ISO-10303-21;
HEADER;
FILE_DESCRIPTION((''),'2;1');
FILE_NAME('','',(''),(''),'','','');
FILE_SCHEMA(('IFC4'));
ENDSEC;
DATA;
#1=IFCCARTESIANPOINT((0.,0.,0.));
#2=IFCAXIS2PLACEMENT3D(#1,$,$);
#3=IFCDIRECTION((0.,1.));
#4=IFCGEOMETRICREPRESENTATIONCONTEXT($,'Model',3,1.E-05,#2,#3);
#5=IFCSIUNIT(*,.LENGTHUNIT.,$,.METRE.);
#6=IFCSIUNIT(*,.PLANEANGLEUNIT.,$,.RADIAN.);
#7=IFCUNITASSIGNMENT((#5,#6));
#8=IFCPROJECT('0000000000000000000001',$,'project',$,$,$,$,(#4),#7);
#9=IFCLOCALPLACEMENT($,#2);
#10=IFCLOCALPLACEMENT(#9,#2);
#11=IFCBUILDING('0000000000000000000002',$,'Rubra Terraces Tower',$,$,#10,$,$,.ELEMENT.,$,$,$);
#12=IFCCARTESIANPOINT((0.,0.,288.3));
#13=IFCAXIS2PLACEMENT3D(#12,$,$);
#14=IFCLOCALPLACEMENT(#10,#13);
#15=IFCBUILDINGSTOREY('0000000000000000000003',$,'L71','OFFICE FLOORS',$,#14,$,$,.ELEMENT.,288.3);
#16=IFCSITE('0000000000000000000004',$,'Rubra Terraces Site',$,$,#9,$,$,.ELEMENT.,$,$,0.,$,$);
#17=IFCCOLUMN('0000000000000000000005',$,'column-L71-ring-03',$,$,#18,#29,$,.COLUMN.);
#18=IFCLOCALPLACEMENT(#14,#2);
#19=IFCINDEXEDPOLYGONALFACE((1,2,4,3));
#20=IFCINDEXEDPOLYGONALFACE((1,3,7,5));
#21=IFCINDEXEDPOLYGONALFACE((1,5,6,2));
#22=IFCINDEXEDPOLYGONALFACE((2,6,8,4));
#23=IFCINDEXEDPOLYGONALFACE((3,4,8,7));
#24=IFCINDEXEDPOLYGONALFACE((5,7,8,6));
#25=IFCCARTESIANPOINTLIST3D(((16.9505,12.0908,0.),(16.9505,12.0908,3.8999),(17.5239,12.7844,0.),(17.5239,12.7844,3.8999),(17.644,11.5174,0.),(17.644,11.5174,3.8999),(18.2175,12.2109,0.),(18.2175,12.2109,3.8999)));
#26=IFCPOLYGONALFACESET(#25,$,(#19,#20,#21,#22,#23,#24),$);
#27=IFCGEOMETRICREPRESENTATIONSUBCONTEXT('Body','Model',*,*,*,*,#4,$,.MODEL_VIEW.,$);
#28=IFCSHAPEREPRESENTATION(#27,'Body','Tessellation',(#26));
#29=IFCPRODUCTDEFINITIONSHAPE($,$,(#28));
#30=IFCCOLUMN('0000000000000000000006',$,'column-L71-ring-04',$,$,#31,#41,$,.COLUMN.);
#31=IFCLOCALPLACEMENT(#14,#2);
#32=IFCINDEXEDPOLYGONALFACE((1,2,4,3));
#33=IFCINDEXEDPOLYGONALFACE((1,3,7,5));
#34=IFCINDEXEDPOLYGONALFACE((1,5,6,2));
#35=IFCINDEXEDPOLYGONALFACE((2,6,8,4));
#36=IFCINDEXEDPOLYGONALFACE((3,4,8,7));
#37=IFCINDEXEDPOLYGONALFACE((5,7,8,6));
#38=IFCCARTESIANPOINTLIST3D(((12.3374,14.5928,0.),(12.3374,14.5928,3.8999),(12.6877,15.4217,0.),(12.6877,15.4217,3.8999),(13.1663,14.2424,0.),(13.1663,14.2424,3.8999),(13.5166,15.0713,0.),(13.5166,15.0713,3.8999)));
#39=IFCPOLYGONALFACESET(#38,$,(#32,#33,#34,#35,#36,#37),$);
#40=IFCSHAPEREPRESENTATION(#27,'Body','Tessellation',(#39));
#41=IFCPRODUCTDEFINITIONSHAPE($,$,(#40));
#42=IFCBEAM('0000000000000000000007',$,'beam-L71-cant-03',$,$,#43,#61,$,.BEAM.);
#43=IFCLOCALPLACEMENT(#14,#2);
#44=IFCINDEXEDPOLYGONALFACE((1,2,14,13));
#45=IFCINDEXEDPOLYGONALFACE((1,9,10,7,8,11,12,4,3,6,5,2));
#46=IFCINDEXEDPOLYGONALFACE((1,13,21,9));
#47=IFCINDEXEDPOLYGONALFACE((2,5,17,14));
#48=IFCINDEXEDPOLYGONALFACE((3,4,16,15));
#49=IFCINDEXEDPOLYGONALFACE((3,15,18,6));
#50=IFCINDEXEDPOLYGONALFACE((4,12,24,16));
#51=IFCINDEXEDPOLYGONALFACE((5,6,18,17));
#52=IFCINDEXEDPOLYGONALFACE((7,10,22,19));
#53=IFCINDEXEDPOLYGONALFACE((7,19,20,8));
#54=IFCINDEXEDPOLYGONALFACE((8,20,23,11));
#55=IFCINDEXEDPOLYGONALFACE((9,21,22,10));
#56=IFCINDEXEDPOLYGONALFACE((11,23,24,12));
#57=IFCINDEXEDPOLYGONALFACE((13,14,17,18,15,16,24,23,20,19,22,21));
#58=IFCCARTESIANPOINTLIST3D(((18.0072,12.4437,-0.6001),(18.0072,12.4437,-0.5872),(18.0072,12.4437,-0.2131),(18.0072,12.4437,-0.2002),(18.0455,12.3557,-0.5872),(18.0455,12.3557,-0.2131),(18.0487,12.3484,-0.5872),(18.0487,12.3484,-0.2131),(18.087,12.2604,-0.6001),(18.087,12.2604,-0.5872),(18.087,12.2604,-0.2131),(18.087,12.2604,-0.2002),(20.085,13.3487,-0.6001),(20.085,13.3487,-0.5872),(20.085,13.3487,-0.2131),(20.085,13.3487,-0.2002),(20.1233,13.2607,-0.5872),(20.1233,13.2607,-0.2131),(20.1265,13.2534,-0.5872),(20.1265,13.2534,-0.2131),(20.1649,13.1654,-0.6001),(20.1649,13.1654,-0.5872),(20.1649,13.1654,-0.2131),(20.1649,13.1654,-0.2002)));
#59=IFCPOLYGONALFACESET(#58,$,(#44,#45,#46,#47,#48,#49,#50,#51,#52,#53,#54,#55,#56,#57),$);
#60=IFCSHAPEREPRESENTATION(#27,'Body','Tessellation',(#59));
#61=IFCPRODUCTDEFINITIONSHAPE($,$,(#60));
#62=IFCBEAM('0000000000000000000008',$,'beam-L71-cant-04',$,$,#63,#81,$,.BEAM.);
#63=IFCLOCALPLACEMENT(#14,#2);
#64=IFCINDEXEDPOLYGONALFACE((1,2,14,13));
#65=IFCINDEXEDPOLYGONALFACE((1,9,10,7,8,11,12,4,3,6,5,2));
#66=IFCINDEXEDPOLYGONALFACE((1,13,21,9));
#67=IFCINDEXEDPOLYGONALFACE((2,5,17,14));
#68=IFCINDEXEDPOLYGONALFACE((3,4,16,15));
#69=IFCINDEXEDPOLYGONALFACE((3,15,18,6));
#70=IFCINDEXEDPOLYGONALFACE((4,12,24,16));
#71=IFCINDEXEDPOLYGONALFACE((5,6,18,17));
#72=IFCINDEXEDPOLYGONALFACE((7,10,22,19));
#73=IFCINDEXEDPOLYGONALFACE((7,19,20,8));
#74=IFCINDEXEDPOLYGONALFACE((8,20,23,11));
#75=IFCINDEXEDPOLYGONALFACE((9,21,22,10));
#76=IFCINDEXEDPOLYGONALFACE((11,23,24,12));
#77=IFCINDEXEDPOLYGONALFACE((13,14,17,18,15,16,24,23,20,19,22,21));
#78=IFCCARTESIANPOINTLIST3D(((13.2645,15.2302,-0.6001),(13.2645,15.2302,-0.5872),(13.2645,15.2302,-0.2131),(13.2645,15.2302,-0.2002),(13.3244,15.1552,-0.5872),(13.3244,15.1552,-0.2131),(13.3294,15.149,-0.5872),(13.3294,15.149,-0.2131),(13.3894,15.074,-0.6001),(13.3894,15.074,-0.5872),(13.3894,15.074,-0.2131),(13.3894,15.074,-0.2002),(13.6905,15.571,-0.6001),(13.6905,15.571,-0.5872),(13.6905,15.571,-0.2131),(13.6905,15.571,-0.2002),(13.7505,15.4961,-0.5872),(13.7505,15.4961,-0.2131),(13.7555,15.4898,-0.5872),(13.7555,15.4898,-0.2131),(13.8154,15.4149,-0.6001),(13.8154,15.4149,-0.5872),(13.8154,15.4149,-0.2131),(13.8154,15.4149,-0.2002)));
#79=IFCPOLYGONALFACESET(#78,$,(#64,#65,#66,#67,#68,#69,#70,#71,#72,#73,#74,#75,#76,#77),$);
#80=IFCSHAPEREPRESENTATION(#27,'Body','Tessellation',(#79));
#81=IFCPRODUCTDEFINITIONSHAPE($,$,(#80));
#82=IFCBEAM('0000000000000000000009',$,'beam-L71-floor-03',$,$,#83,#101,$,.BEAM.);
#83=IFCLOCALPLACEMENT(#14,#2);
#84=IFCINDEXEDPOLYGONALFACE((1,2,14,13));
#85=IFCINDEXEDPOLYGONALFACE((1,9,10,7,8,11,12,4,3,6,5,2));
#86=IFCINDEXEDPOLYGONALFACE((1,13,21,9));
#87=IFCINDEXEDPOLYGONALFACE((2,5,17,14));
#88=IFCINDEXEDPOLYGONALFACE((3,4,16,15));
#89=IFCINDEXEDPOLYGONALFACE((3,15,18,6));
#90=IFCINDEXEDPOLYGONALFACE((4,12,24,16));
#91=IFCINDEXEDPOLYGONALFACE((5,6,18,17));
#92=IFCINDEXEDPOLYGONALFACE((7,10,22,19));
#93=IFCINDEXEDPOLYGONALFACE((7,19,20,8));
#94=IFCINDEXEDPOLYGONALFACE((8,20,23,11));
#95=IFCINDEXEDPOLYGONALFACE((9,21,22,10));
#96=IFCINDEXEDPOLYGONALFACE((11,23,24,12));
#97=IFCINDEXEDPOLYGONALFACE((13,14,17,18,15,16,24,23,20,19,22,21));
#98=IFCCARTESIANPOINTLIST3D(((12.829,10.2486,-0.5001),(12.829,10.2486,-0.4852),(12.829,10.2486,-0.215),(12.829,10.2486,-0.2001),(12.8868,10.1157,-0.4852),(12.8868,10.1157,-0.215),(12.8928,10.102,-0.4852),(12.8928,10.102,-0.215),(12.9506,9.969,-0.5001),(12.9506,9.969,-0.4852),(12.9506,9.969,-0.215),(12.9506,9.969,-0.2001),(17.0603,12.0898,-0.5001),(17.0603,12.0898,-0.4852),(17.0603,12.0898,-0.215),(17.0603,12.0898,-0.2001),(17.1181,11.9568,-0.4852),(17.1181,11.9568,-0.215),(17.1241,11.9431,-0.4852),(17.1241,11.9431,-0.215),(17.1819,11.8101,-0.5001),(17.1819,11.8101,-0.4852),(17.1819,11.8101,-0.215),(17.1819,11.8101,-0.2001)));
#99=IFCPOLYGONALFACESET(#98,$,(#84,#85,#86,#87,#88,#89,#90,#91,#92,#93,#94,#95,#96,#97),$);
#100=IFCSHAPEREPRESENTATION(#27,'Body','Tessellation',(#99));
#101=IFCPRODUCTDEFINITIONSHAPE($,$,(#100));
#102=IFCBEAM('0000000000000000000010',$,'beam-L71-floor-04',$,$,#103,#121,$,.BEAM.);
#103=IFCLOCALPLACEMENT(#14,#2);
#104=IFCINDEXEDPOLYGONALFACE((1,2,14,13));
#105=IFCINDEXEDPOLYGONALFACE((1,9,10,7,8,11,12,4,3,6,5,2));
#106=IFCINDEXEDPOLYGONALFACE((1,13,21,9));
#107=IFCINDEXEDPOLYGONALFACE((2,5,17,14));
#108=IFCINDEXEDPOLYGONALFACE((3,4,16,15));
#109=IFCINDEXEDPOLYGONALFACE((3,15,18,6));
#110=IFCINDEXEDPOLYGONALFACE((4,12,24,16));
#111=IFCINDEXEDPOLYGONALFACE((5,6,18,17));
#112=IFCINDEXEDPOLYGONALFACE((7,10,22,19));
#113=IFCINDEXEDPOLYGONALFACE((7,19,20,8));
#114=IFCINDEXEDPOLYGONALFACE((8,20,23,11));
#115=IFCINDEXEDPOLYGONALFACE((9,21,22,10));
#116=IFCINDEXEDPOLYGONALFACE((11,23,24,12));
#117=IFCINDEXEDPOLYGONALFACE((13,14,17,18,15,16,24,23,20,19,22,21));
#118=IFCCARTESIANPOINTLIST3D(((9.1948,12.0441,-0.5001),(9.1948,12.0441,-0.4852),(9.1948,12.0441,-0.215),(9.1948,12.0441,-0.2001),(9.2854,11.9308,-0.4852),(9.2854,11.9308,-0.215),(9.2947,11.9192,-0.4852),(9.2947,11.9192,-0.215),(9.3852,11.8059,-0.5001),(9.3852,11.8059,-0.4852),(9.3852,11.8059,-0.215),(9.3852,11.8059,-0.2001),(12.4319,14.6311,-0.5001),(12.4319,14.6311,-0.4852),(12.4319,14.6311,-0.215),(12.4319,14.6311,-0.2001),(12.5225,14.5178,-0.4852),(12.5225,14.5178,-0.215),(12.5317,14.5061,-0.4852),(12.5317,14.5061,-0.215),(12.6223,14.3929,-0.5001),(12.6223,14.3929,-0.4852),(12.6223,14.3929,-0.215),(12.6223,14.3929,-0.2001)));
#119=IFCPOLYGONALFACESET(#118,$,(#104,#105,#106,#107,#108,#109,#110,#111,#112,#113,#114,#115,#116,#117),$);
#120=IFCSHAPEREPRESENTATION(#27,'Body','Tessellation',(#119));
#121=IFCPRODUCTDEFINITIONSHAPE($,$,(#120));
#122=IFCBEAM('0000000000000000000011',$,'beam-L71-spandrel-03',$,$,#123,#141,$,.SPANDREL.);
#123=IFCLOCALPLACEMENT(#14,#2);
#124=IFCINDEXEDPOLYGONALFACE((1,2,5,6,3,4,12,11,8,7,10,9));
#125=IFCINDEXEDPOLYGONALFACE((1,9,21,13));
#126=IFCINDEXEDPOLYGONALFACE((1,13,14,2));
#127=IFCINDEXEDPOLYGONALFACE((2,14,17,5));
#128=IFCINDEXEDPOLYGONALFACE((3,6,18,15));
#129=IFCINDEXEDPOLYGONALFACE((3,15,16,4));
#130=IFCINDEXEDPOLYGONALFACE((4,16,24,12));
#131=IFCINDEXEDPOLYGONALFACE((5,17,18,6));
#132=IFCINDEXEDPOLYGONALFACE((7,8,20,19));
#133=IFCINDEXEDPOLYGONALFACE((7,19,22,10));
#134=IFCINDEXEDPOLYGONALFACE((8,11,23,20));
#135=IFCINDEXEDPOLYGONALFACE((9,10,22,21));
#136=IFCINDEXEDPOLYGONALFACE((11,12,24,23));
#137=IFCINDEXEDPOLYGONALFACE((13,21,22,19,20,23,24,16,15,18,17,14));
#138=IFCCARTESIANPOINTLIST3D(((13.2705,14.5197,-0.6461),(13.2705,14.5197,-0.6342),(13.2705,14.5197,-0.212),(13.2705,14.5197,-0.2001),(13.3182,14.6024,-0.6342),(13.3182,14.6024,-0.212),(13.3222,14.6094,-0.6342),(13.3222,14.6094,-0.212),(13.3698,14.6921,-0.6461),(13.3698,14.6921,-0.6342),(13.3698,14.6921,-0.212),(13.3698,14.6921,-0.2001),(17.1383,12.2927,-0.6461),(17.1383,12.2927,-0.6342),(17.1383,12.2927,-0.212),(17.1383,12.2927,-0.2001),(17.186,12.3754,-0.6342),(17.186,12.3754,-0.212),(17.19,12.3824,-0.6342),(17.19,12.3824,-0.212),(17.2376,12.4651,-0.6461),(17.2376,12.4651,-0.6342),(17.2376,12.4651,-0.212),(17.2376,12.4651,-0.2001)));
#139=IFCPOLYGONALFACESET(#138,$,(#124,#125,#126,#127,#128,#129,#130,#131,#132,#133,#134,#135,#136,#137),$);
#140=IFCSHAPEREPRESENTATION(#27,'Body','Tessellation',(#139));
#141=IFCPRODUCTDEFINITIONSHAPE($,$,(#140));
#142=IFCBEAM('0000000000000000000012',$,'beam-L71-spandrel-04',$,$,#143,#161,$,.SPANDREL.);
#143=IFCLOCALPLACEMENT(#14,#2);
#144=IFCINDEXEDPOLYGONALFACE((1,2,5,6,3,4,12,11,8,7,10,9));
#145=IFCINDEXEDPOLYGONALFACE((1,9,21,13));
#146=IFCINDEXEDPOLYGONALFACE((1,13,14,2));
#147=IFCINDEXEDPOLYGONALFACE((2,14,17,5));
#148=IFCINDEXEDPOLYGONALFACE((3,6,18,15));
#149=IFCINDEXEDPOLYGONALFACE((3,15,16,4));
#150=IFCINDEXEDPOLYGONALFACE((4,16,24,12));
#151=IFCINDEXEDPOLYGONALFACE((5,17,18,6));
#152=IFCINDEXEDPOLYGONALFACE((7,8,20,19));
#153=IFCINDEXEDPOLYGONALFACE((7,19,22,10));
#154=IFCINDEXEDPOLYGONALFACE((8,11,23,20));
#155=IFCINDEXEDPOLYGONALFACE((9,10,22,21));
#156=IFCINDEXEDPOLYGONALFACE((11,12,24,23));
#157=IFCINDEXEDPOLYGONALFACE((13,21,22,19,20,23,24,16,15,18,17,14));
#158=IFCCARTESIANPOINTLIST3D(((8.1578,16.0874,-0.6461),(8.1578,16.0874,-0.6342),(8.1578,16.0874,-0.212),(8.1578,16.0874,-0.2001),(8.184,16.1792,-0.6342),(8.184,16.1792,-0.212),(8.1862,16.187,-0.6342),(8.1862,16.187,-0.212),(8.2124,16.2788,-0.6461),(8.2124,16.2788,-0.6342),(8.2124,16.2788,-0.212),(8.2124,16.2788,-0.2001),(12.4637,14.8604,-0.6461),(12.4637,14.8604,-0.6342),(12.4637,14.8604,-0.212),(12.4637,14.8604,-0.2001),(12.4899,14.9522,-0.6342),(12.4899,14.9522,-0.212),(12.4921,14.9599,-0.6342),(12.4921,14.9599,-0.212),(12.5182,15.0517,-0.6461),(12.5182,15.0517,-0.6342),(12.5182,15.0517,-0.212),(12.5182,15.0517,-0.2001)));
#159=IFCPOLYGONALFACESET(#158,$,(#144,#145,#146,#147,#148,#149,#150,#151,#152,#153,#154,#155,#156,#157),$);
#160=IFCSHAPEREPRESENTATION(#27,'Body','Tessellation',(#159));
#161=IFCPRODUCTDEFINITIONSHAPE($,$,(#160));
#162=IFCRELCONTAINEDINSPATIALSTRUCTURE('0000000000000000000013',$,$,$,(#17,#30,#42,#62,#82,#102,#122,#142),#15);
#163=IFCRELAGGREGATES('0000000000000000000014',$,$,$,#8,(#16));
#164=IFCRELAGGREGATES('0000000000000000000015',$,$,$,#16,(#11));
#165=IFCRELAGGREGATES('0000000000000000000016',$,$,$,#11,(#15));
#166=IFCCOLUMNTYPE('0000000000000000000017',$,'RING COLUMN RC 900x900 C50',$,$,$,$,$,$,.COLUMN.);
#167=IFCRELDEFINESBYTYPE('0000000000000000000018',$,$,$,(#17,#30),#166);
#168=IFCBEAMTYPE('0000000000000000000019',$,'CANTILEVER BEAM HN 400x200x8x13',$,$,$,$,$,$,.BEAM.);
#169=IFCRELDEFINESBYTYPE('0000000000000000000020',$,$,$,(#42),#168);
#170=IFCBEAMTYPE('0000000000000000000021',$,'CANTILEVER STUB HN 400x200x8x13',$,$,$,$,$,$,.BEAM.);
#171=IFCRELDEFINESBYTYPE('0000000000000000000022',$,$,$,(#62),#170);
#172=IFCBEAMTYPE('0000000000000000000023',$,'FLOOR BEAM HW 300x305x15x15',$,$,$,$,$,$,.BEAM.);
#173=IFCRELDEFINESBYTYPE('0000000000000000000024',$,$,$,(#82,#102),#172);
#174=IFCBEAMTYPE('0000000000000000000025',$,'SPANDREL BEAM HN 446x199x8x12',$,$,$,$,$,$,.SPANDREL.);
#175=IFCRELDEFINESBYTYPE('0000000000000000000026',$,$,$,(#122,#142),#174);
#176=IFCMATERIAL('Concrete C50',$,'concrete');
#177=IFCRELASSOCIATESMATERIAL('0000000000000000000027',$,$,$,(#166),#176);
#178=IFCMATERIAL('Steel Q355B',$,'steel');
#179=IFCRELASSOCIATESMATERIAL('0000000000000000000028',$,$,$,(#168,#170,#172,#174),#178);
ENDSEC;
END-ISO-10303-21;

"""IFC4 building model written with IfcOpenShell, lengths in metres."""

from ifc_helpers import new_model, si_unit, direction, frame, origin, origin_2d, place, context, subcontext, project, spatial, rectangle, i_section, extrude, material, material_profile, profile_set, type_object, element, save


model = new_model("IFC4")

# Units and contexts
model_context = context("Model", 3, precision=1e-05, world=origin(), true_north=direction((0.0, 1.0)))
body_context = subcontext(model_context, "Body", "Model", "MODEL_VIEW")
ifc_project = project(units=[si_unit("LENGTHUNIT", "METRE"), si_unit("PLANEANGLEUNIT", "RADIAN")], contexts=[model_context])

# Site, building, storey
site_placement = place(None, origin())
site = spatial("IfcSite", under=ifc_project, at=site_placement, Name="Rubra Terraces Site", CompositionType="ELEMENT", RefElevation=0.0)
building_placement = place(site_placement, origin())
building = spatial("IfcBuilding", under=site, at=building_placement, Name="Rubra Terraces Tower", CompositionType="ELEMENT")
storey_placement = place(building_placement, frame((0.0, 0.0, 288.3)))
storey = spatial("IfcBuildingStorey", under=building, at=storey_placement, Name="L71", Description="OFFICE FLOORS", CompositionType="ELEMENT", Elevation=288.3)

# Columns
ifc_material_1 = material(Name="Concrete C50", Category="concrete")
ifc_material_profile_1 = material_profile(ifc_material_1, rectangle(XDim=0.8999, YDim=0.8999, at=origin_2d()), Name="RC 900x900")
ifc_profile_set_1 = profile_set([ifc_material_profile_1], Name="Concrete C50")
column_type = type_object("IfcColumnType", Name="RING COLUMN RC 900x900 C50", PredefinedType="COLUMN", material=ifc_profile_set_1)
for number, where, z_axis, x_axis, name in (
    (1, (17.584, 12.1509, 0.0), (0.0, 0.0, 1.0), (-0.770679, 0.637223, 0.0), "column-L71-ring-03"),
    (2, (12.927, 14.832, 0.0), (0.0, 0.0, 1.0), (-0.921106, 0.389313, 0.0), "column-L71-ring-04"),
):
    element("IfcColumn", number, at=place(storey_placement, frame(where, z_axis=z_axis, x_axis=x_axis)), inside=storey, type_object=column_type, Name=name, PredefinedType="COLUMN", context=body_context, shape_type="SweptSolid", body=[
        extrude(rectangle(XDim=0.8999, YDim=0.8999, at=origin_2d()), origin(), (0.0, 0.0, 1.0), 3.8999),
    ])

# Beams
ifc_material_2 = material(Name="Steel Q355B", Category="steel")
ifc_material_profile_2 = material_profile(ifc_material_2, i_section(OverallWidth=0.2, OverallDepth=0.3999, WebThickness=0.0081, FlangeThickness=0.0129, at=origin_2d()), Name="HN 400x200x8x13")
ifc_profile_set_2 = profile_set([ifc_material_profile_2], Name="Steel Q355B")
beam_type_1 = type_object("IfcBeamType", Name="CANTILEVER BEAM HN 400x200x8x13", PredefinedType="BEAM", material=ifc_profile_set_2)
beam_1_placement = place(storey_placement, frame((18.0471, 12.3521, -0.4001), z_axis=(0.916811, 0.399321, 0.0), x_axis=(-0.399321, 0.916811, 0.0)))
element("IfcBeam", 3, at=beam_1_placement, inside=storey, type_object=beam_type_1, Name="beam-L71-cant-03", PredefinedType="BEAM", context=body_context, shape_type="SweptSolid", body=[
    extrude(i_section(OverallWidth=0.2, OverallDepth=0.3999, WebThickness=0.0081, FlangeThickness=0.0129, at=origin_2d()), origin(), (0.0, 0.0, 1.0), 2.2664),
])
ifc_material_profile_3 = material_profile(ifc_material_2, i_section(OverallWidth=0.2, OverallDepth=0.3999, WebThickness=0.0081, FlangeThickness=0.0129, at=origin_2d()), Name="HN 400x200x8x13")
ifc_profile_set_3 = profile_set([ifc_material_profile_3], Name="Steel Q355B")
beam_type_2 = type_object("IfcBeamType", Name="CANTILEVER STUB HN 400x200x8x13", PredefinedType="BEAM", material=ifc_profile_set_3)
beam_2_placement = place(storey_placement, frame((13.3269, 15.1521, -0.4001), z_axis=(0.780869, 0.624695, 0.0), x_axis=(-0.624695, 0.780869, 0.0)))
element("IfcBeam", 4, at=beam_2_placement, inside=storey, type_object=beam_type_2, Name="beam-L71-cant-04", PredefinedType="BEAM", context=body_context, shape_type="SweptSolid", body=[
    extrude(i_section(OverallWidth=0.2, OverallDepth=0.3999, WebThickness=0.0081, FlangeThickness=0.0129, at=origin_2d()), origin(), (0.0, 0.0, 1.0), 0.5457),
])
ifc_material_profile_4 = material_profile(ifc_material_2, i_section(OverallWidth=0.3049, OverallDepth=0.3, WebThickness=0.0149, FlangeThickness=0.0149, at=origin_2d()), Name="HW 300x305x15x15")
ifc_profile_set_4 = profile_set([ifc_material_profile_4], Name="Steel Q355B")
beam_type_3 = type_object("IfcBeamType", Name="FLOOR BEAM HW 300x305x15x15", PredefinedType="BEAM", material=ifc_profile_set_4)
beam_3_placement = place(storey_placement, frame((17.1211, 11.95, -0.3501), z_axis=(-0.916958, -0.398983, 0.0), x_axis=(0.398983, -0.916958, 0.0)))
element("IfcBeam", 5, at=beam_3_placement, inside=storey, type_object=beam_type_3, Name="beam-L71-floor-03", PredefinedType="BEAM", context=body_context, shape_type="SweptSolid", body=[
    extrude(i_section(OverallWidth=0.3049, OverallDepth=0.3, WebThickness=0.0149, FlangeThickness=0.0149, at=origin_2d()), origin(), (0.0, 0.0, 1.0), 4.6145),
])
beam_4_placement = place(storey_placement, frame((12.5271, 14.512, -0.3501), z_axis=(-0.781191, -0.624293, 0.0), x_axis=(0.624293, -0.781191, 0.0)))
element("IfcBeam", 6, at=beam_4_placement, inside=storey, type_object=beam_type_3, Name="beam-L71-floor-04", PredefinedType="BEAM", context=body_context, shape_type="SweptSolid", body=[
    extrude(i_section(OverallWidth=0.3049, OverallDepth=0.3, WebThickness=0.0149, FlangeThickness=0.0149, at=origin_2d()), origin(), (0.0, 0.0, 1.0), 4.1438),
])
ifc_material_profile_5 = material_profile(ifc_material_2, i_section(OverallWidth=0.199, OverallDepth=0.446, WebThickness=0.0081, FlangeThickness=0.012, at=origin_2d()), Name="HN 446x199x8x12")
ifc_profile_set_5 = profile_set([ifc_material_profile_5], Name="Steel Q355B")
beam_type_4 = type_object("IfcBeamType", Name="SPANDREL BEAM HN 446x199x8x12", PredefinedType="SPANDREL", material=ifc_profile_set_5)
beam_5_placement = place(storey_placement, frame((17.188, 12.3789, -0.4231), z_axis=(-0.866616, 0.498976, 0.0), x_axis=(-0.498976, -0.866616, 0.0)))
element("IfcBeam", 7, at=beam_5_placement, inside=storey, type_object=beam_type_4, Name="beam-L71-spandrel-03", PredefinedType="SPANDREL", context=body_context, shape_type="SweptSolid", body=[
    extrude(i_section(OverallWidth=0.199, OverallDepth=0.446, WebThickness=0.0081, FlangeThickness=0.012, at=origin_2d()), origin(), (0.0, 0.0, 1.0), 4.4631),
])
beam_6_placement = place(storey_placement, frame((12.491, 14.9561, -0.4231), z_axis=(-0.961713, 0.274058, 0.0), x_axis=(-0.274058, -0.961713, 0.0)))
element("IfcBeam", 8, at=beam_6_placement, inside=storey, type_object=beam_type_4, Name="beam-L71-spandrel-04", PredefinedType="SPANDREL", context=body_context, shape_type="SweptSolid", body=[
    extrude(i_section(OverallWidth=0.199, OverallDepth=0.446, WebThickness=0.0081, FlangeThickness=0.012, at=origin_2d()), origin(), (0.0, 0.0, 1.0), 4.4773),
])

save(model, "model.ifc")
